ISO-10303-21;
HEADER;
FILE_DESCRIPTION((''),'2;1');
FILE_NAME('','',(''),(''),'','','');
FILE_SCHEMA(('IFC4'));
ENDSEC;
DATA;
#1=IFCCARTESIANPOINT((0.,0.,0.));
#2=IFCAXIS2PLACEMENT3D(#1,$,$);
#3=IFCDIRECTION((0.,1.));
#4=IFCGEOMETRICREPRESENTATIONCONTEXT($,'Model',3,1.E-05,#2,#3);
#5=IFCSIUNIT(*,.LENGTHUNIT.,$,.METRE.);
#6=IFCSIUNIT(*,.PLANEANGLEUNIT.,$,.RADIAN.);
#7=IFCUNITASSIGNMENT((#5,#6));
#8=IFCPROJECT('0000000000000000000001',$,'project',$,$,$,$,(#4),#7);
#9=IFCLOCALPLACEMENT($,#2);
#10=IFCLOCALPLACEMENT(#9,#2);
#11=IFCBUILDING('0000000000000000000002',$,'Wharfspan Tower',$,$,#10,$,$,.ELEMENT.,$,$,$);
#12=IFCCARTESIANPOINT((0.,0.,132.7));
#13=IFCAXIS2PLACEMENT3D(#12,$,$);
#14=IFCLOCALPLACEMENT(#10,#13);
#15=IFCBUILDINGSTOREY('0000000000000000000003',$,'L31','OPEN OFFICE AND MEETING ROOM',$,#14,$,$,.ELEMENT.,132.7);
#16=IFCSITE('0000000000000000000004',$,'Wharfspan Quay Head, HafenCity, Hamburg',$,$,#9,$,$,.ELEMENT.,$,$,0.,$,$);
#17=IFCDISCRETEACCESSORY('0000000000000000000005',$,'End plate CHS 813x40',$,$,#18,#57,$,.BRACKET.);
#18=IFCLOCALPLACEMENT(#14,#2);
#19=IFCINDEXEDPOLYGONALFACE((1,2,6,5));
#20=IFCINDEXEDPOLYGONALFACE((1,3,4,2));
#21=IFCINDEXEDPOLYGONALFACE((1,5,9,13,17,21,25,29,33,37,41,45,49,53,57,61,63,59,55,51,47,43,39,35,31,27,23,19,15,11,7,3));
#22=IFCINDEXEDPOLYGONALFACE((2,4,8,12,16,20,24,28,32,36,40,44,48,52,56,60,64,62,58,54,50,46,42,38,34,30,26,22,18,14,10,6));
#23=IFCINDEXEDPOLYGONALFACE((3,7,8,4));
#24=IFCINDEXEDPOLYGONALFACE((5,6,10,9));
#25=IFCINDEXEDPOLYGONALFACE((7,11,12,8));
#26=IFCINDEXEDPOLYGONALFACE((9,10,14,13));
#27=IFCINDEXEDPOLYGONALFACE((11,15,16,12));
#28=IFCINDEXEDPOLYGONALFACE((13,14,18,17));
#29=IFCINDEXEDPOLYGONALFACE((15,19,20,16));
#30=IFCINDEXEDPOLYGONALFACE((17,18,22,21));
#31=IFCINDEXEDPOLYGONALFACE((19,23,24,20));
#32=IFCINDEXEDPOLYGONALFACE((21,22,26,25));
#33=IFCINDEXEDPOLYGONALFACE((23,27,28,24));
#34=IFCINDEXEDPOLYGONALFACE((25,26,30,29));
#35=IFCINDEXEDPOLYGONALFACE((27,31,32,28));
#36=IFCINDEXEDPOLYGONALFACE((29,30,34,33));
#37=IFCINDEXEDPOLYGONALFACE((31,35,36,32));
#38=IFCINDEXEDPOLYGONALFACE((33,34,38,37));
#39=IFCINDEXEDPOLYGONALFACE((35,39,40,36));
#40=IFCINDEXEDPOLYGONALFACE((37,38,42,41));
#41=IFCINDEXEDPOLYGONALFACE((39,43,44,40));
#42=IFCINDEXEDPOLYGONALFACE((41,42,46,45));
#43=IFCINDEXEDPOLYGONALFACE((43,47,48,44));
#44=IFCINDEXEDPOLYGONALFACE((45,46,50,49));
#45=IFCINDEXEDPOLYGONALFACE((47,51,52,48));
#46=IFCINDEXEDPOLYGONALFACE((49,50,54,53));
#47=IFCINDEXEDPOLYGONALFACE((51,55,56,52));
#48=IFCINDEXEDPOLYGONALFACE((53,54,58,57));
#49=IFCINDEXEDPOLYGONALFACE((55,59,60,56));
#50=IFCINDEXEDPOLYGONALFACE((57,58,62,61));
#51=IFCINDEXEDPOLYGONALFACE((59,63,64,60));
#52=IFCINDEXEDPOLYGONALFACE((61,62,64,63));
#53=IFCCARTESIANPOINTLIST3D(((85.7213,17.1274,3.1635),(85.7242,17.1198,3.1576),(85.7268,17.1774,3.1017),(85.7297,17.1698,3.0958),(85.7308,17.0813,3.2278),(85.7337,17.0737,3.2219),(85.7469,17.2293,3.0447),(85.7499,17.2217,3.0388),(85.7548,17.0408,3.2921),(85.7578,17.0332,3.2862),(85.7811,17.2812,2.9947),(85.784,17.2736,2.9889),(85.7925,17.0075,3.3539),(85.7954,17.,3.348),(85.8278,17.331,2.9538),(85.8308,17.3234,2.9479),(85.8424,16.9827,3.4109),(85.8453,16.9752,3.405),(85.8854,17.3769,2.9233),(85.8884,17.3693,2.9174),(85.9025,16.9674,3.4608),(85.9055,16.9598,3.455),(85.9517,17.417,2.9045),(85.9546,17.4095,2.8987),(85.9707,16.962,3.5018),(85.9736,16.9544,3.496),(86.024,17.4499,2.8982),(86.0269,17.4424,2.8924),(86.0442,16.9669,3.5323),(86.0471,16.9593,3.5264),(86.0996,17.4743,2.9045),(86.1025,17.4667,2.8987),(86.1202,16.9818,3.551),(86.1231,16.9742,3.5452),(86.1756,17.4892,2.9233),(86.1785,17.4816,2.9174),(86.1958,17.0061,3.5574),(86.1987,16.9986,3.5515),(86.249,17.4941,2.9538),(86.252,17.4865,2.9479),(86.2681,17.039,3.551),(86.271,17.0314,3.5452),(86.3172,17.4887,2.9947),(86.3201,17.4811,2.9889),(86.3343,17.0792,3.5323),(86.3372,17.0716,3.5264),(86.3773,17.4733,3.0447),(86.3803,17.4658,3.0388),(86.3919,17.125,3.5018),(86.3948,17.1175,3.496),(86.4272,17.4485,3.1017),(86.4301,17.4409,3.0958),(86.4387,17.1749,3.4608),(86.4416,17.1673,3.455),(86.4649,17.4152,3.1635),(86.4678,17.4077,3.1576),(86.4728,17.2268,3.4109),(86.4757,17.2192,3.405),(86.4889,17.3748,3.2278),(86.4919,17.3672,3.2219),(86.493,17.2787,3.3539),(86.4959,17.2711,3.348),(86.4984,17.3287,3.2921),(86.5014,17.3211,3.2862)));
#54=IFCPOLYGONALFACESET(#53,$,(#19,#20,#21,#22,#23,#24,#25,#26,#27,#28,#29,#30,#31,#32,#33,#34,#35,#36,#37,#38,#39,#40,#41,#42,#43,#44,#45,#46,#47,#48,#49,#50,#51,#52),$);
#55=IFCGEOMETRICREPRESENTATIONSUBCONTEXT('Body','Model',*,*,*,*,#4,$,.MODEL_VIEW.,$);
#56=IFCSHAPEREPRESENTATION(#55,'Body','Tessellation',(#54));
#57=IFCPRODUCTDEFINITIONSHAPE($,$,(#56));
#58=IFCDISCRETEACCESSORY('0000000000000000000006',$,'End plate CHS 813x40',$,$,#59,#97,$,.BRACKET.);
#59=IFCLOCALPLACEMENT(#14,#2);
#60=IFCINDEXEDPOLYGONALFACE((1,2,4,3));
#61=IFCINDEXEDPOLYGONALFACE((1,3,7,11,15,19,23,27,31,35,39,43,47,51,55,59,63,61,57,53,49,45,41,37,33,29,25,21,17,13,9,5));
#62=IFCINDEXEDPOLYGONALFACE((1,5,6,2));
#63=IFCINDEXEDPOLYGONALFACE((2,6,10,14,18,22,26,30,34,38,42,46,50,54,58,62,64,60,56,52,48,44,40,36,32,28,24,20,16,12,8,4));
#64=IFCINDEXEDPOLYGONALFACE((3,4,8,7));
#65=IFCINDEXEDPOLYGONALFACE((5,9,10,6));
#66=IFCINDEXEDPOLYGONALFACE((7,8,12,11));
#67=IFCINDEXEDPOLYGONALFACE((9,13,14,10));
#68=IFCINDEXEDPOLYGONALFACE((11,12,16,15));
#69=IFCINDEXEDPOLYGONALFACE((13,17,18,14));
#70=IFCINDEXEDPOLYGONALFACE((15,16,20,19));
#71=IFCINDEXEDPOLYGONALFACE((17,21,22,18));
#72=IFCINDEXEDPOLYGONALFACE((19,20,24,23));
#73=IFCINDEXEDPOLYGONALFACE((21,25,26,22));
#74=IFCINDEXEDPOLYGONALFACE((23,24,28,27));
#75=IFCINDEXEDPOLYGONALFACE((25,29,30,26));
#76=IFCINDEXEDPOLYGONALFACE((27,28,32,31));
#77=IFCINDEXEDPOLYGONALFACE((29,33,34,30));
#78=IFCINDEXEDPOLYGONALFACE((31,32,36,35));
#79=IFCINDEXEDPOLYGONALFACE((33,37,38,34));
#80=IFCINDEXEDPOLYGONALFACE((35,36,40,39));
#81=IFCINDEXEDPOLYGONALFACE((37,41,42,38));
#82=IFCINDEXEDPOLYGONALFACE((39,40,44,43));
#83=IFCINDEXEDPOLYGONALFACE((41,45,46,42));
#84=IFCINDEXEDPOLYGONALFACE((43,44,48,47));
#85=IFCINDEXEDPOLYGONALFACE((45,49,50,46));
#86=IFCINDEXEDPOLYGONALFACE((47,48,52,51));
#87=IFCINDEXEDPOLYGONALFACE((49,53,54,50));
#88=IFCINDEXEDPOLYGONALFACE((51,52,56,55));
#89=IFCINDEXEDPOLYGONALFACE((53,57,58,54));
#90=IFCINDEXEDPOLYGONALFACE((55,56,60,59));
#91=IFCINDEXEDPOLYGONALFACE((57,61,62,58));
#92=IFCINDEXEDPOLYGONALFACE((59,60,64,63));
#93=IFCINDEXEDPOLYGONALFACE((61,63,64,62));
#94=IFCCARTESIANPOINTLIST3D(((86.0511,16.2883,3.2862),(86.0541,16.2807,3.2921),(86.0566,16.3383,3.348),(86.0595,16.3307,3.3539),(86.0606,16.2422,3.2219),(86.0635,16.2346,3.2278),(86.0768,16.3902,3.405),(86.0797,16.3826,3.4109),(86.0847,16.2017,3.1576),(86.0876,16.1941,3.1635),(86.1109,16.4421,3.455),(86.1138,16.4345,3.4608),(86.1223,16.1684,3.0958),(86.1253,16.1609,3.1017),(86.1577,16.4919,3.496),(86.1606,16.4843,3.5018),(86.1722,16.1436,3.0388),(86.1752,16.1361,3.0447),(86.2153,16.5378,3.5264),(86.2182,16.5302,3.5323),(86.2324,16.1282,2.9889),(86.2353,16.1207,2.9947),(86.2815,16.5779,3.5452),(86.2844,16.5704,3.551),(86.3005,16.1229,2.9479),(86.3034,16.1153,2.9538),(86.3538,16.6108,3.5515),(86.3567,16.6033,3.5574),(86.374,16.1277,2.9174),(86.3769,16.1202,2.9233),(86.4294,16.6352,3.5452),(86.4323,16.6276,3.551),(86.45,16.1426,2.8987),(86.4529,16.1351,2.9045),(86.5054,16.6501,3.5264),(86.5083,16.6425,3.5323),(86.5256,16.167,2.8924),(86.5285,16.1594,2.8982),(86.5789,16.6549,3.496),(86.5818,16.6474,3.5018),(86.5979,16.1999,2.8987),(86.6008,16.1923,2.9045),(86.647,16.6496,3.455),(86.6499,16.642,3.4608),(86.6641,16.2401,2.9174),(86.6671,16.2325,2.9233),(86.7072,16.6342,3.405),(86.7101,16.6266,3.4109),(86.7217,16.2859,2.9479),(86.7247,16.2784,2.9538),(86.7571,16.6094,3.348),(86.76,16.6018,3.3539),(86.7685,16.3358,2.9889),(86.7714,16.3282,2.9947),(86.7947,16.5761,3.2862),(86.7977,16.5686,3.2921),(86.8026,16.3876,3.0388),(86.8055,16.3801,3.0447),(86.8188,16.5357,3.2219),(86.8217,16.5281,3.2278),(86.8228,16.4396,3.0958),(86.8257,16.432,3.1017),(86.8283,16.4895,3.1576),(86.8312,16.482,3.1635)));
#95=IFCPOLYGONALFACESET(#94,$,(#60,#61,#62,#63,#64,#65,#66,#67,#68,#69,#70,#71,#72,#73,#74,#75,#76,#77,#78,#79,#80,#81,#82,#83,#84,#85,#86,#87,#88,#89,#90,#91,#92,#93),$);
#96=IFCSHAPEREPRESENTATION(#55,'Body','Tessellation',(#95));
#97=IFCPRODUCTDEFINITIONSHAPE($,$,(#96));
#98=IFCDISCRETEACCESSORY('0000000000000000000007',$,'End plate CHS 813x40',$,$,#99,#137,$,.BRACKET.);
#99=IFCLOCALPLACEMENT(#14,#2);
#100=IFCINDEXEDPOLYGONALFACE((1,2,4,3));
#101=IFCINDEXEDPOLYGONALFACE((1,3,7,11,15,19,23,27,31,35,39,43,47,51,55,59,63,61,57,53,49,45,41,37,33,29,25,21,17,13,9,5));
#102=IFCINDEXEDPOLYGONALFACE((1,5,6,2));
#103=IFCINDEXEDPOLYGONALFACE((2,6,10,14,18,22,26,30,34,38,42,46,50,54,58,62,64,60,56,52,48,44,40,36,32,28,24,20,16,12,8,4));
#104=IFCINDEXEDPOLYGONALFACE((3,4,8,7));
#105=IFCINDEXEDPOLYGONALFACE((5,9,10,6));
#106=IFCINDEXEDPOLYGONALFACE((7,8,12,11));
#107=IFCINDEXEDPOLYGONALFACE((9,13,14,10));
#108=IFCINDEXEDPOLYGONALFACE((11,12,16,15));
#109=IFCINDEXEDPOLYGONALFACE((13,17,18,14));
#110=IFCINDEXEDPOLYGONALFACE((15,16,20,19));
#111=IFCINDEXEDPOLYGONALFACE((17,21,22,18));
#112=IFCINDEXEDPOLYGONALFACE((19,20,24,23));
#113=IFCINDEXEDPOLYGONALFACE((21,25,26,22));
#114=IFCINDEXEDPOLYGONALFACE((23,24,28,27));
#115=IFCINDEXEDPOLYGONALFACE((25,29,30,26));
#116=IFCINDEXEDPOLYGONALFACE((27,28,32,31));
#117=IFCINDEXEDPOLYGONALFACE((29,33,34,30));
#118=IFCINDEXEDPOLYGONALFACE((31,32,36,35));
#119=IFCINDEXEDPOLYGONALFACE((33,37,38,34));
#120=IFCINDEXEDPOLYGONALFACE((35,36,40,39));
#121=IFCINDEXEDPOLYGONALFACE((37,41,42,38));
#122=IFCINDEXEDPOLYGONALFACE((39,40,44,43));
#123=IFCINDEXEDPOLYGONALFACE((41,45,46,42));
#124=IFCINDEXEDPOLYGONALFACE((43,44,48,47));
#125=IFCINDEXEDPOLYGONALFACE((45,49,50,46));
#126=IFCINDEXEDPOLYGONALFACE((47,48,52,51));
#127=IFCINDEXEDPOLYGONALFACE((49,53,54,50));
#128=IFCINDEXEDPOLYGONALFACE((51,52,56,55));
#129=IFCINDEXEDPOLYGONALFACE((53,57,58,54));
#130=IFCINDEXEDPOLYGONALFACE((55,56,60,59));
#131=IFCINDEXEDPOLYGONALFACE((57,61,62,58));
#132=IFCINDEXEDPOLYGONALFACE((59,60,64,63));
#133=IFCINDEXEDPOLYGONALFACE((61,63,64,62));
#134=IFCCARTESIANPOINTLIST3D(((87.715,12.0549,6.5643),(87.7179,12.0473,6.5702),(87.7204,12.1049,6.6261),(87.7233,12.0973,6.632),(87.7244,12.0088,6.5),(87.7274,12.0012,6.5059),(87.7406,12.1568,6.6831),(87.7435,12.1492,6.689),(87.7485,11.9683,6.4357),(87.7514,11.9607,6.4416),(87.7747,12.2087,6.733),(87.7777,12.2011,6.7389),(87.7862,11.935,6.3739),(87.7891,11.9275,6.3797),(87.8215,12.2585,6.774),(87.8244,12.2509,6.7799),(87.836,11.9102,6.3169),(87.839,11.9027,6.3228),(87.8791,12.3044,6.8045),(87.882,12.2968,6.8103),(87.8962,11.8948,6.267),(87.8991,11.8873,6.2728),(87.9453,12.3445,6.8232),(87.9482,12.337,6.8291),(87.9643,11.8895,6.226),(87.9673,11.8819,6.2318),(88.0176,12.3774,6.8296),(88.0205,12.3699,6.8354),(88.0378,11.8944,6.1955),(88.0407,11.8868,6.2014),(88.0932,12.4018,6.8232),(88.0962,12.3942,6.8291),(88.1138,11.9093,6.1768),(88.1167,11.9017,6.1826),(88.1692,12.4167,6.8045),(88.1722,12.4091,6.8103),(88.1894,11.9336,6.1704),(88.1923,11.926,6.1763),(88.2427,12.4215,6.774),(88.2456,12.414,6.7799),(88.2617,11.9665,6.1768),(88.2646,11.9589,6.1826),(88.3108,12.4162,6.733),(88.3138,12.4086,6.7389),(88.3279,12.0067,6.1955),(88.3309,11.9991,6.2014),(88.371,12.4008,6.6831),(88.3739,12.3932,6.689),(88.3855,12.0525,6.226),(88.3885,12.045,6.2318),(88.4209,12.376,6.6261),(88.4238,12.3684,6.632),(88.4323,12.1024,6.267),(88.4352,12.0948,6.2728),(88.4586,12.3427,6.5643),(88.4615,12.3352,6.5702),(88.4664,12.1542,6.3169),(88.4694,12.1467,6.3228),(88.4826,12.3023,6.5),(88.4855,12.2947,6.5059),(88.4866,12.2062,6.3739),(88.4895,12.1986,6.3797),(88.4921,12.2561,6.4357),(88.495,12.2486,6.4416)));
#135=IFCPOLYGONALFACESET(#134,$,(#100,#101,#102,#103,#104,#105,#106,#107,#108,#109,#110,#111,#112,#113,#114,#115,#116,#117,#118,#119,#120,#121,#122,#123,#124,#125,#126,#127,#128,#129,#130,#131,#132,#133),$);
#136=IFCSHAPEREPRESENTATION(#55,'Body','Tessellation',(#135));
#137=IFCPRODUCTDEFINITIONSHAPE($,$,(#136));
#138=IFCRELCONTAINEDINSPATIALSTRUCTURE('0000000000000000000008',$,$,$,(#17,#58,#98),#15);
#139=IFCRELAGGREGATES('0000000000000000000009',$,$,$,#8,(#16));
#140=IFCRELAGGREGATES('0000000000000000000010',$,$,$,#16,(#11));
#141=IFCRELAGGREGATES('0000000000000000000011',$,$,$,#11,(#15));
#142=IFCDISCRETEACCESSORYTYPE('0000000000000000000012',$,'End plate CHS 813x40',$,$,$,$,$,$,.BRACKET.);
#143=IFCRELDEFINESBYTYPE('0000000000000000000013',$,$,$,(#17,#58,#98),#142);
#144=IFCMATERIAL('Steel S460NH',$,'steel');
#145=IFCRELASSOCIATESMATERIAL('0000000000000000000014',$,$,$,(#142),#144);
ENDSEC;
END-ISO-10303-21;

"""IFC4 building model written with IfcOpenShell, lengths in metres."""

from ifc_helpers import new_model, si_unit, direction, frame, origin, origin_2d, place, context, subcontext, project, spatial, circle, extrude, material, material_profile, profile_set, type_object, element, save


model = new_model("IFC4")

# Units and contexts
model_context = context("Model", 3, precision=1e-05, world=origin(), true_north=direction((0.0, 1.0)))
body_context = subcontext(model_context, "Body", "Model", "MODEL_VIEW")
ifc_project = project(units=[si_unit("LENGTHUNIT", "METRE"), si_unit("PLANEANGLEUNIT", "RADIAN")], contexts=[model_context])

# Site, building, storey
site_placement = place(None, origin())
site = spatial("IfcSite", under=ifc_project, at=site_placement, Name="Wharfspan Quay Head, HafenCity, Hamburg", CompositionType="ELEMENT", RefElevation=0.0)
building_placement = place(site_placement, origin())
building = spatial("IfcBuilding", under=site, at=building_placement, Name="Wharfspan Tower", CompositionType="ELEMENT")
storey_placement = place(building_placement, frame((0.0, 0.0, 132.7)))
storey = spatial("IfcBuildingStorey", under=building, at=storey_placement, Name="L31", Description="OPEN OFFICE AND MEETING ROOM", CompositionType="ELEMENT", Elevation=132.7)

# Shared definitions
ifc_material_1 = material(Name="Steel S460NH", Category="steel")

# Discrete accessories
ifc_material_profile_1 = material_profile(ifc_material_1, circle(Radius=0.4065, at=origin_2d()))
ifc_profile_set_1 = profile_set([ifc_material_profile_1], Name="Steel S460NH")
discrete_accessory_type = type_object("IfcDiscreteAccessoryType", Name="End plate CHS 813x40", PredefinedType="BRACKET", material=ifc_profile_set_1)
for number, where, z_axis, x_axis, name in (
    (1, (86.1128, 17.2205, 3.2219), (-0.292683, 0.756098, 0.585366), (-0.932565, -0.360992, -0.000001), "End plate CHS 813x40"),
    (2, (86.4397, 16.3889, 3.2219), (0.292683, -0.756098, 0.585366), (0.932565, 0.360992, -0.000001), "End plate CHS 813x40"),
    (3, (88.1035, 12.1555, 6.5), (0.292683, -0.756098, 0.585366), (0.932565, 0.360992, -0.000001), "End plate CHS 813x40"),
):
    element("IfcDiscreteAccessory", number, at=place(storey_placement, frame(where, z_axis=z_axis, x_axis=x_axis)), inside=storey, type_object=discrete_accessory_type, Name=name, PredefinedType="BRACKET", context=body_context, shape_type="SweptSolid", body=[
        extrude(circle(Radius=0.4065, at=origin_2d()), origin(), (0.0, 0.0, 1.0), 0.01),
    ])

save(model, "model.ifc")
